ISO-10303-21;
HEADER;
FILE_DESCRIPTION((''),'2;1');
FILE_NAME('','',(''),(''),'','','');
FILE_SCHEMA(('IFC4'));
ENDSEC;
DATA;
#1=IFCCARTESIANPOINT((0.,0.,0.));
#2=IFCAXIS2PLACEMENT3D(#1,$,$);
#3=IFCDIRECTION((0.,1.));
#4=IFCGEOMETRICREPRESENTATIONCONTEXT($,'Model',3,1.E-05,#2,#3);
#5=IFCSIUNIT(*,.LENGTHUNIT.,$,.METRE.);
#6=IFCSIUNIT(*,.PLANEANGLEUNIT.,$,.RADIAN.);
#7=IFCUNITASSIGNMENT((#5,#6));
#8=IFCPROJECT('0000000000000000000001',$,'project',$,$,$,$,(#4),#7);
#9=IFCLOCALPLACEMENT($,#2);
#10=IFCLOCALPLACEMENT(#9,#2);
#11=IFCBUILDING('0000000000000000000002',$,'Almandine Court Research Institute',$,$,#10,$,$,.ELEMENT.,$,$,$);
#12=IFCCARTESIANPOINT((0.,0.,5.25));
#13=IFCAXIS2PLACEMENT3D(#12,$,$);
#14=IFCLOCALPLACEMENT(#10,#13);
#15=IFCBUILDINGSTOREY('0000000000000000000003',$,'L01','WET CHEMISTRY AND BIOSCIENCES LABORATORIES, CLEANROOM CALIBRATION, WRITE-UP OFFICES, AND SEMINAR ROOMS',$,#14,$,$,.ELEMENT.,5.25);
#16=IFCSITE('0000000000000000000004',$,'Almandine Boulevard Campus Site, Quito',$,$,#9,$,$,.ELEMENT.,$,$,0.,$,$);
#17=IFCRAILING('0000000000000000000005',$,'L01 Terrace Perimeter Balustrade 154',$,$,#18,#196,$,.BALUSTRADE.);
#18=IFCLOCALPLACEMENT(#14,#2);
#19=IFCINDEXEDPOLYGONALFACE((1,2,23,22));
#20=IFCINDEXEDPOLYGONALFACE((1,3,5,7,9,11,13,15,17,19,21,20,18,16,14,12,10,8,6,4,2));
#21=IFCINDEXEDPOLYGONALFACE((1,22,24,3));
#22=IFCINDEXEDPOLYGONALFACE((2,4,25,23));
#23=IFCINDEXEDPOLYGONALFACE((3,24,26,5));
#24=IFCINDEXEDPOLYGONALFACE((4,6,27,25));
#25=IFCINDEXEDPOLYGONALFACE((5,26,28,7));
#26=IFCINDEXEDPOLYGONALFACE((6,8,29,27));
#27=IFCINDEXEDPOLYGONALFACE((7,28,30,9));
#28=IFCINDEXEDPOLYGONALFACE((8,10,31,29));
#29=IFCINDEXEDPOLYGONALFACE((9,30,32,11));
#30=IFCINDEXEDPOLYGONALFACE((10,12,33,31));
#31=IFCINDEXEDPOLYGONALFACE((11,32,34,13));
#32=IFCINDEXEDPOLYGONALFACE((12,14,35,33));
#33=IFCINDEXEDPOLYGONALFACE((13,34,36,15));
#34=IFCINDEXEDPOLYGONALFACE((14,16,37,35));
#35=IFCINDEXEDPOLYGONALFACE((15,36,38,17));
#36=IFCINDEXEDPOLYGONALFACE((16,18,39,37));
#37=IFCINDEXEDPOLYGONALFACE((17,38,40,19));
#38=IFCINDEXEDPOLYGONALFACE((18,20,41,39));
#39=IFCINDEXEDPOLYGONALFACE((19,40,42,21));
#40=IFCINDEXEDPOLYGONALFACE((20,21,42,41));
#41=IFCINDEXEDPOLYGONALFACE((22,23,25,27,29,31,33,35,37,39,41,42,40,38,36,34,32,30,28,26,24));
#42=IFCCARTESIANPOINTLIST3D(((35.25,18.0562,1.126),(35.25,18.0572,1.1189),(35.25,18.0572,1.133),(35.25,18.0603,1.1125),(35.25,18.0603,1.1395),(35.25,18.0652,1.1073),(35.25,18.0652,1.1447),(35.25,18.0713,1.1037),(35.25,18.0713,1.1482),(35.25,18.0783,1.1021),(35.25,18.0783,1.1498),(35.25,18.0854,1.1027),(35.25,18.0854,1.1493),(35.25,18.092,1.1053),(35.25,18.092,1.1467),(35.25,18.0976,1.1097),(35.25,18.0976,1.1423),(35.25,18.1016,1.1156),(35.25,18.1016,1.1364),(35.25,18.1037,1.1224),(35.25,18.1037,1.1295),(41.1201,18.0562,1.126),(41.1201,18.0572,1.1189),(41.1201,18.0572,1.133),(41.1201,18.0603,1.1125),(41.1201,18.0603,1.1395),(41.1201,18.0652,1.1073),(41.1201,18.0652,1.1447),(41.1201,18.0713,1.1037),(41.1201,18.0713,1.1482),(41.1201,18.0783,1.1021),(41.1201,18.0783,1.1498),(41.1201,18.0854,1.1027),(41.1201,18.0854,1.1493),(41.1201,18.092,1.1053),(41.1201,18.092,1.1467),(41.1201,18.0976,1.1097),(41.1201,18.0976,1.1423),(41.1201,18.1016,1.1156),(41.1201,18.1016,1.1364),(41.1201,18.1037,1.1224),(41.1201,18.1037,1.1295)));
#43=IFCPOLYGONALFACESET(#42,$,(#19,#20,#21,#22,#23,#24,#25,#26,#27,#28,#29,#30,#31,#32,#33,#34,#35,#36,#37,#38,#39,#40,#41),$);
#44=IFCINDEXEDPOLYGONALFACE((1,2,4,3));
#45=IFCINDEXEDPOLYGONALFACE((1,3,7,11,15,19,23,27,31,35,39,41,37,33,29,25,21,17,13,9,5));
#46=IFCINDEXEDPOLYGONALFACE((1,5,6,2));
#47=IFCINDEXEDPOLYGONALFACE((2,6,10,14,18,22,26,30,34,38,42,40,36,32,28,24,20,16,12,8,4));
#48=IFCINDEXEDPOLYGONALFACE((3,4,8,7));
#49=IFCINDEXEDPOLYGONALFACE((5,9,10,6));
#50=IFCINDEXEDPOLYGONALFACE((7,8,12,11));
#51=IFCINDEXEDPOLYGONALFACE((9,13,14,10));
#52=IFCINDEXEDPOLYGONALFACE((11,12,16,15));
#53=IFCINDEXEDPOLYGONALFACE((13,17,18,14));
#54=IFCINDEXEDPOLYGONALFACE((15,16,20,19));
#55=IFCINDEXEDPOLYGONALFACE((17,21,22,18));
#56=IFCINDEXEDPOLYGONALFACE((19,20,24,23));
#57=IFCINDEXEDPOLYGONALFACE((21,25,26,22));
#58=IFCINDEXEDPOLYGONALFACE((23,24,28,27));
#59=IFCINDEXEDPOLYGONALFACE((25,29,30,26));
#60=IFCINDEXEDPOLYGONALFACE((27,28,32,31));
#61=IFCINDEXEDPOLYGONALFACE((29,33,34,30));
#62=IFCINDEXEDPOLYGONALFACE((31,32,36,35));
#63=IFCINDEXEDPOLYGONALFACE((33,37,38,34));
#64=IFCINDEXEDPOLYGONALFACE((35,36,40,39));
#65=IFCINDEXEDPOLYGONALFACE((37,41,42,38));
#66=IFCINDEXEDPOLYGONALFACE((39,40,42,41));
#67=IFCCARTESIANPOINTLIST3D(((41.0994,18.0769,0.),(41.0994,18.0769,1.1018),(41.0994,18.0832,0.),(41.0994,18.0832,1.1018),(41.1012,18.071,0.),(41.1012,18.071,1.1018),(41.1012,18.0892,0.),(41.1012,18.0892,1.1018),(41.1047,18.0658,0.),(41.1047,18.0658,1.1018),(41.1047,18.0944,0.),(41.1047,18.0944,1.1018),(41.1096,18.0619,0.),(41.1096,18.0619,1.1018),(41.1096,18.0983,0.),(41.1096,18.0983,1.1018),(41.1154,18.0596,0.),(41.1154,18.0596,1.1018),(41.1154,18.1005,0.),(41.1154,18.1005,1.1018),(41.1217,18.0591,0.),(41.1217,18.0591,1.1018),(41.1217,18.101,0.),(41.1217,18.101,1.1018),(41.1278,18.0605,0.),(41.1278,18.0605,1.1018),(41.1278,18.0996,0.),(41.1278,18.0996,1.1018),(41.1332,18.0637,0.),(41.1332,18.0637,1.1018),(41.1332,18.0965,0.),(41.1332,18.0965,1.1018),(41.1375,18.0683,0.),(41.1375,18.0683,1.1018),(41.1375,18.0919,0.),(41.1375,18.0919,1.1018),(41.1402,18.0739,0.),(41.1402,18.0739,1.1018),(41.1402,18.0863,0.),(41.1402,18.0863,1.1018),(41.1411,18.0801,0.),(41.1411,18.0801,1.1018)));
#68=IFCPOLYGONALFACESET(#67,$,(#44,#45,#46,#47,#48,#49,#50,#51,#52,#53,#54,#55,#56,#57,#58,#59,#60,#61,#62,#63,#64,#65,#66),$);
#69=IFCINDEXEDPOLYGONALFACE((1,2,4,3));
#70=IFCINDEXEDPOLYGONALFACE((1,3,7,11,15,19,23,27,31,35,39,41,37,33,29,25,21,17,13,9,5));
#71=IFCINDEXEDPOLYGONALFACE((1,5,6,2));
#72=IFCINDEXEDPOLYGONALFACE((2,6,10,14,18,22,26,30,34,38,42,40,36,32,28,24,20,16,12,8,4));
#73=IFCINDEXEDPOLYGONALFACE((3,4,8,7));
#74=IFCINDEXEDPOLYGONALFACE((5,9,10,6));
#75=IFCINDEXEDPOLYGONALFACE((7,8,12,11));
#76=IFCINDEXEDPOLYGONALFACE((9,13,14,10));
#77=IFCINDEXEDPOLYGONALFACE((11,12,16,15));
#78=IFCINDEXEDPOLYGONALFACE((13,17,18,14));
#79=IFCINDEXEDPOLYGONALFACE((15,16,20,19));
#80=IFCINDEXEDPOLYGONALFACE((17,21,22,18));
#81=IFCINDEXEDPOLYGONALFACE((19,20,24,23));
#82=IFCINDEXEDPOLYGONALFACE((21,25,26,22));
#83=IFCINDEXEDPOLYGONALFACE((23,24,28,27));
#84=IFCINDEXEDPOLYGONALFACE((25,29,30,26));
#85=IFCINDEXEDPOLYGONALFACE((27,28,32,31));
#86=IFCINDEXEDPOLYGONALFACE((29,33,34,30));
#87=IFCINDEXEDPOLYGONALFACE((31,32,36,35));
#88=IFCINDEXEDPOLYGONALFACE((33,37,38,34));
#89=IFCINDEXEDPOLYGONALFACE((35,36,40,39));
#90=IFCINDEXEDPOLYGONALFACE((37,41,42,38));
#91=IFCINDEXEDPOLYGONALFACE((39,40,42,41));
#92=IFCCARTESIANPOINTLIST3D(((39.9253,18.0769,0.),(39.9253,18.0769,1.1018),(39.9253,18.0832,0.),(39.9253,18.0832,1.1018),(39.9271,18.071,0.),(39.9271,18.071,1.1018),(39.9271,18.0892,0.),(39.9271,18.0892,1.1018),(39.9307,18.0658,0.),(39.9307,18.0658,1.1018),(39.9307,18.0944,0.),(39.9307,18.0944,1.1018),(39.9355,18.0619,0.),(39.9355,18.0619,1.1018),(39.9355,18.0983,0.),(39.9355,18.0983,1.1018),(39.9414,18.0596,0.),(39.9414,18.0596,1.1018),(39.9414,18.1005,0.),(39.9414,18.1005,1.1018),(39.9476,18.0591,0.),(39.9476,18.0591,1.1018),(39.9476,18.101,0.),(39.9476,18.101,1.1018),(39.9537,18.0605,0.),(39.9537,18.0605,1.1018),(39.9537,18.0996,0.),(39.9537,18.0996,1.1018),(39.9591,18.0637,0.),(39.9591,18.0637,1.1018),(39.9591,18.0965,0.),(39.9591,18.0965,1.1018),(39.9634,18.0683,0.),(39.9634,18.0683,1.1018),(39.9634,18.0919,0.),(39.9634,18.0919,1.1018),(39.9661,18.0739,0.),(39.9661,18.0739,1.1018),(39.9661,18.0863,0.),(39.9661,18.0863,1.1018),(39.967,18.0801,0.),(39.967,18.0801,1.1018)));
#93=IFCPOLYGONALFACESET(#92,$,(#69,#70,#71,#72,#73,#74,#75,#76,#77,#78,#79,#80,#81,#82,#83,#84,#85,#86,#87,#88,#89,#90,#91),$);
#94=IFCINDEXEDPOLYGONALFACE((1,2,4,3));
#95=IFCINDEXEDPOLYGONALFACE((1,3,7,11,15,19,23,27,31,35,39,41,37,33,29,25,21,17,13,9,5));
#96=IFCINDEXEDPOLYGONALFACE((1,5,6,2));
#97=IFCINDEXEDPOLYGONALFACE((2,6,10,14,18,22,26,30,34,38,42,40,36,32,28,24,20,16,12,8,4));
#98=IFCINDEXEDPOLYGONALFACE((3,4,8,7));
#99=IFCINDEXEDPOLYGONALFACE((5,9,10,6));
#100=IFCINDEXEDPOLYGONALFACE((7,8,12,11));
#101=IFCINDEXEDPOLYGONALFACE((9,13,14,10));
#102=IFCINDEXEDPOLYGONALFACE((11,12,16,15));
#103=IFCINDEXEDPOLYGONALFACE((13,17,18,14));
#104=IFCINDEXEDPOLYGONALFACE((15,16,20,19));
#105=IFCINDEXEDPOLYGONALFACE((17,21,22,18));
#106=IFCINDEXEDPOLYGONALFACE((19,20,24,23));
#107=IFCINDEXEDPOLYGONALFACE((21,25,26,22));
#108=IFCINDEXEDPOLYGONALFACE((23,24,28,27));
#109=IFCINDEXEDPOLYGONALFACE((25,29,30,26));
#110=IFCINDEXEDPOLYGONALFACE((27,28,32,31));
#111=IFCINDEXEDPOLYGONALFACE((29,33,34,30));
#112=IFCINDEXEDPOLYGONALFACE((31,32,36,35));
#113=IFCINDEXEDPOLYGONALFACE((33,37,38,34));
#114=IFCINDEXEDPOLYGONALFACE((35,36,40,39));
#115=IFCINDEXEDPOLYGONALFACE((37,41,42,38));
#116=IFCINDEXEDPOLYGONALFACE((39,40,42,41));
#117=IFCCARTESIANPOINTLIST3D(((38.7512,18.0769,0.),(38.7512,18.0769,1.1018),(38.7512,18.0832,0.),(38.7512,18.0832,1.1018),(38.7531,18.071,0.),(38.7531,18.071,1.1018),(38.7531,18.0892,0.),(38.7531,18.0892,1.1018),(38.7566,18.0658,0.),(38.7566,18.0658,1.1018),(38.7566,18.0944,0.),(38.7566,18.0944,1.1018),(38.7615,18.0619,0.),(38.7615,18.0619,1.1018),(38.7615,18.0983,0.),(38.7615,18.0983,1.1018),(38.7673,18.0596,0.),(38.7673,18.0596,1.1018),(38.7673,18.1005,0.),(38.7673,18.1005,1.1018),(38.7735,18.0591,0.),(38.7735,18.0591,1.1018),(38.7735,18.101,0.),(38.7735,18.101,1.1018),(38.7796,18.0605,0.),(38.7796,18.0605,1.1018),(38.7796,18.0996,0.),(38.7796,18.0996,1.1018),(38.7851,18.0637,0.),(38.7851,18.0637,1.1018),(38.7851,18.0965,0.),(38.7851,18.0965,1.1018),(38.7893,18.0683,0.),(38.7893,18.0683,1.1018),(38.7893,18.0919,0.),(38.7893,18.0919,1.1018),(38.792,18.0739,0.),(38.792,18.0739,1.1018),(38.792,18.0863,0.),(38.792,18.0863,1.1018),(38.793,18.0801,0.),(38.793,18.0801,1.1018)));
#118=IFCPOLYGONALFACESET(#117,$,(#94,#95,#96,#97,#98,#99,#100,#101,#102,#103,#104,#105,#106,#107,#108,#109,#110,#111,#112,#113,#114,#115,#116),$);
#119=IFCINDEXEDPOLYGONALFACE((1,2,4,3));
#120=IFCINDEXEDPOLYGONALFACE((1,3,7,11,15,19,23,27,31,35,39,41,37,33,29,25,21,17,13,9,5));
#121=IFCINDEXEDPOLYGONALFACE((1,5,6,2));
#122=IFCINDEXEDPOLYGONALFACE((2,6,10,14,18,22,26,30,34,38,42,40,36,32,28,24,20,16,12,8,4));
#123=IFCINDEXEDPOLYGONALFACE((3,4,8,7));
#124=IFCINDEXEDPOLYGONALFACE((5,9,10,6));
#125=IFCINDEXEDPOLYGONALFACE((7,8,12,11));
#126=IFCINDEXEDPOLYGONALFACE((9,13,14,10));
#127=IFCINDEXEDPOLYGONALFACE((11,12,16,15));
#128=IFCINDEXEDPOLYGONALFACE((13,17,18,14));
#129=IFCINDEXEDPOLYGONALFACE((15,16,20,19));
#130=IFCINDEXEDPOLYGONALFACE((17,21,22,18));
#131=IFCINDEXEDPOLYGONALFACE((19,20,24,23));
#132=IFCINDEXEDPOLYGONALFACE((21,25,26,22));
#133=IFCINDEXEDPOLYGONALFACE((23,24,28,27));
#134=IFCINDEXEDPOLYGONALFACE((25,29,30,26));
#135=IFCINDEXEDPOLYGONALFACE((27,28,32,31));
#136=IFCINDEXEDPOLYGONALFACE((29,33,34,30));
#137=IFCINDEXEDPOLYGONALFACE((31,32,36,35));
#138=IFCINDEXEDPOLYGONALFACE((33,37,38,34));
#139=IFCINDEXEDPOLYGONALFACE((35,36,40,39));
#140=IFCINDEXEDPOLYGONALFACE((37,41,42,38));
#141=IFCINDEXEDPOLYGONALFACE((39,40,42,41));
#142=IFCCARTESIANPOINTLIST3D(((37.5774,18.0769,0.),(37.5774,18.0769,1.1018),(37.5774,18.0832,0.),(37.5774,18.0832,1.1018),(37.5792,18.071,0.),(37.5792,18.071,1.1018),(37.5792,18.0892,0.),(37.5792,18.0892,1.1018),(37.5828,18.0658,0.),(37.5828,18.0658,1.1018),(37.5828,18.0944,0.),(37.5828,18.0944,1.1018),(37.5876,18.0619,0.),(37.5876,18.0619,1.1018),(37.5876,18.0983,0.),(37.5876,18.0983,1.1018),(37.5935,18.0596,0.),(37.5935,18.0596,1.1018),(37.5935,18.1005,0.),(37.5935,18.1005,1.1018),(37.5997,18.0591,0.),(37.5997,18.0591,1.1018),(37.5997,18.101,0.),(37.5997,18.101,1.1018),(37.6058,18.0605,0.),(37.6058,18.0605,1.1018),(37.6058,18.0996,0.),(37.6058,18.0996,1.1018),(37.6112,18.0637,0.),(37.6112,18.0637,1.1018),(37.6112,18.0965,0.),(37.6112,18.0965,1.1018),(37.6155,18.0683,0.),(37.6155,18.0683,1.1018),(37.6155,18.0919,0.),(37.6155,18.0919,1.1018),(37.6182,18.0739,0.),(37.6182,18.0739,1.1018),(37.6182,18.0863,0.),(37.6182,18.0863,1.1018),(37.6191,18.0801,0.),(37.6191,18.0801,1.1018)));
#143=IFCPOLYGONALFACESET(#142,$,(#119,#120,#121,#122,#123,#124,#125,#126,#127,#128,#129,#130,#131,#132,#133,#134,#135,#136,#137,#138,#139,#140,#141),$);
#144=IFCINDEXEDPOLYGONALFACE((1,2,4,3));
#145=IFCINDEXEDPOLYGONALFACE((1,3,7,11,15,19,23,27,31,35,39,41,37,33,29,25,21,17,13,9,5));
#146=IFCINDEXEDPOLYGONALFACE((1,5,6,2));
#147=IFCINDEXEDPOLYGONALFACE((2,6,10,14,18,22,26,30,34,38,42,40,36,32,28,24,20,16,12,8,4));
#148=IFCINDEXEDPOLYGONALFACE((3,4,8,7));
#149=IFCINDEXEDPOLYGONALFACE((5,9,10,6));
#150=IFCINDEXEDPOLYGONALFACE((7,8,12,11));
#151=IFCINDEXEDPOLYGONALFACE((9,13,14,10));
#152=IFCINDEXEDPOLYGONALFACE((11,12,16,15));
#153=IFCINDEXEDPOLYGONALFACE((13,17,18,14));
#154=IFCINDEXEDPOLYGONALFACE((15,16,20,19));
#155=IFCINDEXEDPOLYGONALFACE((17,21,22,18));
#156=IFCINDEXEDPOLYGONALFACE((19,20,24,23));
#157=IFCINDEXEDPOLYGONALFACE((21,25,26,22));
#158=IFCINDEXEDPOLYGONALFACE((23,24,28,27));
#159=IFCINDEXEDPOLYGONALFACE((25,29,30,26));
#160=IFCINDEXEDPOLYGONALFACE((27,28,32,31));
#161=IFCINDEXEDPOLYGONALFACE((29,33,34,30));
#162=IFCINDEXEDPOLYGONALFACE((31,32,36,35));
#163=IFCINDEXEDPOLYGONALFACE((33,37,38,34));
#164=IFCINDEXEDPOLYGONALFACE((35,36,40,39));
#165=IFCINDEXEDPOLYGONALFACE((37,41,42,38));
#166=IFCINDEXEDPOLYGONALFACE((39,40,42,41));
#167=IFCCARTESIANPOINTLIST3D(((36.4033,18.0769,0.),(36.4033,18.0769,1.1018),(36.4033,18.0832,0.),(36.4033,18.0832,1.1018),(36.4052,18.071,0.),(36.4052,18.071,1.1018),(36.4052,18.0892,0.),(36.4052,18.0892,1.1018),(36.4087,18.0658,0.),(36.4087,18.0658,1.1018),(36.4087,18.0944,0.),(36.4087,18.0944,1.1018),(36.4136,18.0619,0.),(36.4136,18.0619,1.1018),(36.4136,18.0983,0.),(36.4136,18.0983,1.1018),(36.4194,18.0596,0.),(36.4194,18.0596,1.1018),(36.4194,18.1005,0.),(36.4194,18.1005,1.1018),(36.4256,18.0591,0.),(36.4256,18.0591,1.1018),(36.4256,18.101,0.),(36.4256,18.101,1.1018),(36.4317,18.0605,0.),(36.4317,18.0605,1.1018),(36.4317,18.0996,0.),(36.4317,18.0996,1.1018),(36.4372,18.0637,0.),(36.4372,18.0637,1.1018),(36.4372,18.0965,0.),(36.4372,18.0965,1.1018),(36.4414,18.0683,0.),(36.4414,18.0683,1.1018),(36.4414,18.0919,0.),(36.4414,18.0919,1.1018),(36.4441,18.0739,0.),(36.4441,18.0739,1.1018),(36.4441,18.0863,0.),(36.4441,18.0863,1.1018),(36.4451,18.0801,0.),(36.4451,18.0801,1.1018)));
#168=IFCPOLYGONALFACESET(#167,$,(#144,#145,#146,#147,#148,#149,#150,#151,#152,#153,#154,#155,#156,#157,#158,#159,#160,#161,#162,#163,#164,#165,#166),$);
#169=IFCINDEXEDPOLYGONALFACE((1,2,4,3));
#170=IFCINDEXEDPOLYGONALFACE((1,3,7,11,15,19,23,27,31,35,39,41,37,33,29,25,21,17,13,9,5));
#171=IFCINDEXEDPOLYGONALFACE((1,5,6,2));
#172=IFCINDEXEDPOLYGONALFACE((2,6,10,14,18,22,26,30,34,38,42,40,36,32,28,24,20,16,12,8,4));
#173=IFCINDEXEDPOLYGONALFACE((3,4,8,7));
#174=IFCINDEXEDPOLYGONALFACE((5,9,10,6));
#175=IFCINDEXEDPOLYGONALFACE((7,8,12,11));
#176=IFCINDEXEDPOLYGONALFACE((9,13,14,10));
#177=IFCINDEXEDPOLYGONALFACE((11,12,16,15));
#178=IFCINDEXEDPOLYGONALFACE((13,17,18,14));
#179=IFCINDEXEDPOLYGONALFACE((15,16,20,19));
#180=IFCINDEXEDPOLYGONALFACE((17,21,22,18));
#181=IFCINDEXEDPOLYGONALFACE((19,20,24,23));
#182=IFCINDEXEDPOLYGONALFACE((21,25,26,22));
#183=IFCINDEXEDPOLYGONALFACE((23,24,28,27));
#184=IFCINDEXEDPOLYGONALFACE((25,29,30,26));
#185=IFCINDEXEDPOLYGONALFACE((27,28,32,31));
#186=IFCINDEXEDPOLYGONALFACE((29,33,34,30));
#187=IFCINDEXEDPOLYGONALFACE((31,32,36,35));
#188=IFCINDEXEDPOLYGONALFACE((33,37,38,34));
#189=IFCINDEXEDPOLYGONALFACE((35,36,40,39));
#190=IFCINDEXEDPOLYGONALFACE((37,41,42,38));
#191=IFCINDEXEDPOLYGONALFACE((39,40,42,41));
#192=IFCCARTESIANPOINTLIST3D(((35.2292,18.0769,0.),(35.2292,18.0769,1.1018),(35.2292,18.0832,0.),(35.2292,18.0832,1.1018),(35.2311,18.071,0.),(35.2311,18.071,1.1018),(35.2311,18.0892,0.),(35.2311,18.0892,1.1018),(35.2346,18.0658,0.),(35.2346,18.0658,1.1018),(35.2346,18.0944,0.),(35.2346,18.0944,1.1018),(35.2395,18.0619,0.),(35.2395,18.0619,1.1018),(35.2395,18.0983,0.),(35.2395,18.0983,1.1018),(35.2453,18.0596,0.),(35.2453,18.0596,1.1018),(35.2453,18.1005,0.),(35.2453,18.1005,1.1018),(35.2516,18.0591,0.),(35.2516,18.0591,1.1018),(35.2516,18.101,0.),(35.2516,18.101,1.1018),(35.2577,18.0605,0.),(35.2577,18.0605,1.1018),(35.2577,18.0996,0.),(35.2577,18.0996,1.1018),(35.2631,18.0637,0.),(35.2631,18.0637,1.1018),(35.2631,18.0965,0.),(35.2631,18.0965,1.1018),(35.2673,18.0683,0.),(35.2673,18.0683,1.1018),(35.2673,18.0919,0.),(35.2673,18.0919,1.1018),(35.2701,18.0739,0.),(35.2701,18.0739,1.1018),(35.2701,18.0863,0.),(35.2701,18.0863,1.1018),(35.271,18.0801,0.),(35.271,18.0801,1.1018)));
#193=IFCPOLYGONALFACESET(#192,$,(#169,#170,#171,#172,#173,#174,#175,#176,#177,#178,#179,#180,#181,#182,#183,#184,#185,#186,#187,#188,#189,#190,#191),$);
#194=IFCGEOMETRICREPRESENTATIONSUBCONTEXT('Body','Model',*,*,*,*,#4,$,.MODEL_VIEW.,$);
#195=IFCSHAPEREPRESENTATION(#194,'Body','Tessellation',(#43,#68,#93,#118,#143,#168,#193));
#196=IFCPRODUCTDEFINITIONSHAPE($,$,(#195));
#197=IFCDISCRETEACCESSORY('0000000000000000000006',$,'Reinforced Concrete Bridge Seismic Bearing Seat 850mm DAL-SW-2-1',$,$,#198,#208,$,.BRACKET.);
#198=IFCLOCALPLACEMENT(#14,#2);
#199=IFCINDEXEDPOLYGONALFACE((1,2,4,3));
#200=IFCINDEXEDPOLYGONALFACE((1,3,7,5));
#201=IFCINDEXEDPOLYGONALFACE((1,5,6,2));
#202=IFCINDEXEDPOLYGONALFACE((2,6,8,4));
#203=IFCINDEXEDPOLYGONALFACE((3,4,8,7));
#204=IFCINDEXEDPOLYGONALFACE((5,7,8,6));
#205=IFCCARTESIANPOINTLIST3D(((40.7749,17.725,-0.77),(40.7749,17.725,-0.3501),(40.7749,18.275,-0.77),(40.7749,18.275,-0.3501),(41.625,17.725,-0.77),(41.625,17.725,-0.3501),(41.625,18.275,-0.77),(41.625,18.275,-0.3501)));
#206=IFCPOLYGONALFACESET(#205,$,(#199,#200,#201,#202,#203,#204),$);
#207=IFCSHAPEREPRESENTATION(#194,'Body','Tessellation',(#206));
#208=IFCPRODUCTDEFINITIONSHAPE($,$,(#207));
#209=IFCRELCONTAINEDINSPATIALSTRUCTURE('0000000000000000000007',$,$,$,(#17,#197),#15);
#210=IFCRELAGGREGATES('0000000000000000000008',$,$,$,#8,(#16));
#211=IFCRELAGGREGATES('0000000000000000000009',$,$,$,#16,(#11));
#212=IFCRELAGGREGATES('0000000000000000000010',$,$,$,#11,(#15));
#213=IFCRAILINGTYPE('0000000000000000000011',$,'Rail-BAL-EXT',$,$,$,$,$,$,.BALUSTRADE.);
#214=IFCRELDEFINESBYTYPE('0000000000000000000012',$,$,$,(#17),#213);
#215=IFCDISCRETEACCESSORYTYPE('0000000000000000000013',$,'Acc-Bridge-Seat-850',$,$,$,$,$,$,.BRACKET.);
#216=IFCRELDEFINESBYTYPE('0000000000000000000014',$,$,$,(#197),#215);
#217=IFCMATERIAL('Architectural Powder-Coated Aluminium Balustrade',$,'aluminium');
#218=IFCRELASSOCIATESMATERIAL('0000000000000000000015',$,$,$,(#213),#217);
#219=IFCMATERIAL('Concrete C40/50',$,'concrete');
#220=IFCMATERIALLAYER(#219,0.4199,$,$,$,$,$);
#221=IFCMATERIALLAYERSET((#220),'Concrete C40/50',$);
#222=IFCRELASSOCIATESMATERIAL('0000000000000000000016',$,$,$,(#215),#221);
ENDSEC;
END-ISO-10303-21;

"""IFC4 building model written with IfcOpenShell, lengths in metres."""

from ifc_helpers import new_model, si_unit, direction, frame, origin, origin_2d, place, context, subcontext, project, spatial, rectangle, circle, extrude, material, layer, layer_set, type_object, element, save


model = new_model("IFC4")

# Units and contexts
model_context = context("Model", 3, precision=1e-05, world=origin(), true_north=direction((0.0, 1.0)))
body_context = subcontext(model_context, "Body", "Model", "MODEL_VIEW")
ifc_project = project(units=[si_unit("LENGTHUNIT", "METRE"), si_unit("PLANEANGLEUNIT", "RADIAN")], contexts=[model_context])

# Site, building, storey
site_placement = place(None, origin())
site = spatial("IfcSite", under=ifc_project, at=site_placement, Name="Almandine Boulevard Campus Site, Quito", CompositionType="ELEMENT", RefElevation=0.0)
building_placement = place(site_placement, origin())
building = spatial("IfcBuilding", under=site, at=building_placement, Name="Almandine Court Research Institute", CompositionType="ELEMENT")
storey_placement = place(building_placement, frame((0.0, 0.0, 5.25)))
storey = spatial("IfcBuildingStorey", under=building, at=storey_placement, Name="L01", Description="WET CHEMISTRY AND BIOSCIENCES LABORATORIES, CLEANROOM CALIBRATION, WRITE-UP OFFICES, AND SEMINAR ROOMS", CompositionType="ELEMENT", Elevation=5.25)

# Railing
ifc_material_1 = material(Name="Architectural Powder-Coated Aluminium Balustrade", Category="aluminium")
railing_type = type_object("IfcRailingType", Name="Rail-BAL-EXT", PredefinedType="BALUSTRADE", material=ifc_material_1)
railing_1_placement = place(storey_placement, frame((41.1201, 18.0801, 0.0)))
element("IfcRailing", 1, at=railing_1_placement, inside=storey, type_object=railing_type, Name="L01 Terrace Perimeter Balustrade 154", PredefinedType="BALUSTRADE", context=body_context, shape_type="SweptSolid", body=[
    extrude(circle(Radius=0.0239, at=origin_2d()), frame((0.0, 0.0, 1.126), z_axis=(-1.0, 0.0, 0.0), x_axis=(0.0, -1.0, 0.0)), (0.0, 0.0, 1.0), 5.8701),
    extrude(circle(Radius=0.021, at=origin_2d()), origin(), (0.0, 0.0, 1.0), 1.1018),
    extrude(circle(Radius=0.021, at=origin_2d()), frame((-1.1741, 0.0, 0.0)), (0.0, 0.0, 1.0), 1.1018),
    extrude(circle(Radius=0.021, at=origin_2d()), frame((-2.3481, 0.0, 0.0)), (0.0, 0.0, 1.0), 1.1018),
    extrude(circle(Radius=0.021, at=origin_2d()), frame((-3.522, 0.0, 0.0)), (0.0, 0.0, 1.0), 1.1018),
    extrude(circle(Radius=0.021, at=origin_2d()), frame((-4.696, 0.0, 0.0)), (0.0, 0.0, 1.0), 1.1018),
    extrude(circle(Radius=0.021, at=origin_2d()), frame((-5.8701, 0.0, 0.0)), (0.0, 0.0, 1.0), 1.1018),
])

# Discrete accessory
ifc_material_2 = material(Name="Concrete C40/50", Category="concrete")
ifc_layer_1 = layer(ifc_material_2, 0.4199)
ifc_layer_set_1 = layer_set([ifc_layer_1], Name="Concrete C40/50")
discrete_accessory_type_1 = type_object("IfcDiscreteAccessoryType", Name="Acc-Bridge-Seat-850", PredefinedType="BRACKET", material=ifc_layer_set_1)
for number, where, z_axis, x_axis, name in (
    (2, (41.2, 18.0, -0.77), (0.0, 0.0, 1.0), (1.0, 0.0, 0.0), "Reinforced Concrete Bridge Seismic Bearing Seat 850mm DAL-SW-2-1"),
):
    element("IfcDiscreteAccessory", number, at=place(storey_placement, frame(where, z_axis=z_axis, x_axis=x_axis)), inside=storey, type_object=discrete_accessory_type_1, Name=name, PredefinedType="BRACKET", context=body_context, shape_type="SweptSolid", body=[
        extrude(rectangle(XDim=0.8501, YDim=0.55, at=origin_2d()), origin(), (0.0, 0.0, 1.0), 0.4199),
    ])

save(model, "model.ifc")
